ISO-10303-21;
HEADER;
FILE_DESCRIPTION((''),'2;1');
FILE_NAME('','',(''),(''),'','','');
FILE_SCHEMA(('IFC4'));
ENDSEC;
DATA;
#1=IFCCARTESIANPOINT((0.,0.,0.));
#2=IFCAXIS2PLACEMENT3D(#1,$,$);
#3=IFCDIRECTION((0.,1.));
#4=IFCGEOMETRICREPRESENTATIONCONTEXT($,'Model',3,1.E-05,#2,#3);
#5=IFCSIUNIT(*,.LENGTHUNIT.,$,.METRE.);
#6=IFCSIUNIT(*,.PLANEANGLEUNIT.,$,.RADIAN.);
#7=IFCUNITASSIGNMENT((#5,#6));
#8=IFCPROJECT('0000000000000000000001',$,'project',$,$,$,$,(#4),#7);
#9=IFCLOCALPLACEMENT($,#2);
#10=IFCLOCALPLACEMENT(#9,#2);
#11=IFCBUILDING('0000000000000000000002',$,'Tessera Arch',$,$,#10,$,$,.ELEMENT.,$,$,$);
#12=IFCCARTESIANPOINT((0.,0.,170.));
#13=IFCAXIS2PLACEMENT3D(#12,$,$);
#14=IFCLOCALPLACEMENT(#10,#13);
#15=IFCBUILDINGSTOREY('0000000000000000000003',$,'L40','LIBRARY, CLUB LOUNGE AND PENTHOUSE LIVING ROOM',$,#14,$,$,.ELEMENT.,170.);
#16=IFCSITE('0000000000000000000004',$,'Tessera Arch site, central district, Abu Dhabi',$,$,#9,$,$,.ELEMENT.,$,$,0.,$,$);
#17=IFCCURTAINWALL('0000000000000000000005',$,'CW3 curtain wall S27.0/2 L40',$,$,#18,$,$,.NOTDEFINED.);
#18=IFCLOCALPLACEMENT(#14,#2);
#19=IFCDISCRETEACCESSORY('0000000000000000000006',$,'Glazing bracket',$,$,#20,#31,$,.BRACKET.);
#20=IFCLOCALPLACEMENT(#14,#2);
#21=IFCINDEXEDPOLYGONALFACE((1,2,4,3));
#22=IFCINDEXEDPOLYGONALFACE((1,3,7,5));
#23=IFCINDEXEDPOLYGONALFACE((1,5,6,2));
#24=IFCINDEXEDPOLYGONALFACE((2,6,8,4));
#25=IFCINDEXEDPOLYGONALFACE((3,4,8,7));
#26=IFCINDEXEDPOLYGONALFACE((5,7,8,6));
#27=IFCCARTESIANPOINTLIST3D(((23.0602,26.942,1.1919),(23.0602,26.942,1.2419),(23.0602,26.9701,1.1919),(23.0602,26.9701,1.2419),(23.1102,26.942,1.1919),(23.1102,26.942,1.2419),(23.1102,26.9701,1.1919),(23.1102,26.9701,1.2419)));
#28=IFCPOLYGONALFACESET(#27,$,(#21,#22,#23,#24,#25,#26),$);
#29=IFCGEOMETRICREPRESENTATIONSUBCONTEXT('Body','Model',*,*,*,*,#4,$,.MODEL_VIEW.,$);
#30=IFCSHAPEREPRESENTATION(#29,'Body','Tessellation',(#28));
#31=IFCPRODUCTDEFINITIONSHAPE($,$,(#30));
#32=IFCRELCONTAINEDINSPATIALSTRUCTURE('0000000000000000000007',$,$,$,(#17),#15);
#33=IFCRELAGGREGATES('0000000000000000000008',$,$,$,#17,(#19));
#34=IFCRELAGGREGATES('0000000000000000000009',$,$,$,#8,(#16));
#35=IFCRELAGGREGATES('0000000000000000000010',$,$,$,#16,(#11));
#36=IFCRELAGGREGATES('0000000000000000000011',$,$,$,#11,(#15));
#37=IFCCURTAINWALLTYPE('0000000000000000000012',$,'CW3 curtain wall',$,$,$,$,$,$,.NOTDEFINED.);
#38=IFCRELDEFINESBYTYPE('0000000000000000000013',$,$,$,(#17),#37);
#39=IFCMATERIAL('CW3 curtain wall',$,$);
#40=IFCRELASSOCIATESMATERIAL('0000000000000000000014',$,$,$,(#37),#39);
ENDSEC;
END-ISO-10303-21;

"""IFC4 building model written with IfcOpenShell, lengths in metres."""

from ifc_helpers import new_model, si_unit, direction, frame, origin, origin_2d, place, context, subcontext, project, spatial, rectangle, extrude, material, type_object, element, aggregate, save


model = new_model("IFC4")

# Units and contexts
model_context = context("Model", 3, precision=1e-05, world=origin(), true_north=direction((0.0, 1.0)))
body_context = subcontext(model_context, "Body", "Model", "MODEL_VIEW")
ifc_project = project(units=[si_unit("LENGTHUNIT", "METRE"), si_unit("PLANEANGLEUNIT", "RADIAN")], contexts=[model_context])

# Site, building, storey
site_placement = place(None, origin())
site = spatial("IfcSite", under=ifc_project, at=site_placement, Name="Tessera Arch site, central district, Abu Dhabi", CompositionType="ELEMENT", RefElevation=0.0)
building_placement = place(site_placement, origin())
building = spatial("IfcBuilding", under=site, at=building_placement, Name="Tessera Arch", CompositionType="ELEMENT")
storey_placement = place(building_placement, frame((0.0, 0.0, 170.0)))
storey = spatial("IfcBuildingStorey", under=building, at=storey_placement, Name="L40", Description="LIBRARY, CLUB LOUNGE AND PENTHOUSE LIVING ROOM", CompositionType="ELEMENT", Elevation=170.0)

# Curtain wall
ifc_material_1 = material(Name="CW3 curtain wall")
curtain_wall_type_1 = type_object("IfcCurtainWallType", Name="CW3 curtain wall", PredefinedType="NOTDEFINED", material=ifc_material_1)
curtain_wall_1_placement = place(storey_placement, origin())
curtain_wall_1 = element("IfcCurtainWall", 1, at=curtain_wall_1_placement, inside=storey, type_object=curtain_wall_type_1, Name="CW3 curtain wall S27.0/2 L40", PredefinedType="NOTDEFINED")

# Discrete accessory
discrete_accessory_placement = place(storey_placement, frame((23.0852, 26.9561, 1.1919), z_axis=(0.0, 0.0, 1.0), x_axis=(1.0, 0.0, 0.0)))
discrete_accessory = element("IfcDiscreteAccessory", 2, at=discrete_accessory_placement, Name="Glazing bracket", PredefinedType="BRACKET", context=body_context, shape_type="SweptSolid", body=[
    extrude(rectangle(XDim=0.05, YDim=0.0281, at=origin_2d()), origin(), (0.0, 0.0, 1.0), 0.05),
])
aggregate(curtain_wall_1, [discrete_accessory])

save(model, "model.ifc")
